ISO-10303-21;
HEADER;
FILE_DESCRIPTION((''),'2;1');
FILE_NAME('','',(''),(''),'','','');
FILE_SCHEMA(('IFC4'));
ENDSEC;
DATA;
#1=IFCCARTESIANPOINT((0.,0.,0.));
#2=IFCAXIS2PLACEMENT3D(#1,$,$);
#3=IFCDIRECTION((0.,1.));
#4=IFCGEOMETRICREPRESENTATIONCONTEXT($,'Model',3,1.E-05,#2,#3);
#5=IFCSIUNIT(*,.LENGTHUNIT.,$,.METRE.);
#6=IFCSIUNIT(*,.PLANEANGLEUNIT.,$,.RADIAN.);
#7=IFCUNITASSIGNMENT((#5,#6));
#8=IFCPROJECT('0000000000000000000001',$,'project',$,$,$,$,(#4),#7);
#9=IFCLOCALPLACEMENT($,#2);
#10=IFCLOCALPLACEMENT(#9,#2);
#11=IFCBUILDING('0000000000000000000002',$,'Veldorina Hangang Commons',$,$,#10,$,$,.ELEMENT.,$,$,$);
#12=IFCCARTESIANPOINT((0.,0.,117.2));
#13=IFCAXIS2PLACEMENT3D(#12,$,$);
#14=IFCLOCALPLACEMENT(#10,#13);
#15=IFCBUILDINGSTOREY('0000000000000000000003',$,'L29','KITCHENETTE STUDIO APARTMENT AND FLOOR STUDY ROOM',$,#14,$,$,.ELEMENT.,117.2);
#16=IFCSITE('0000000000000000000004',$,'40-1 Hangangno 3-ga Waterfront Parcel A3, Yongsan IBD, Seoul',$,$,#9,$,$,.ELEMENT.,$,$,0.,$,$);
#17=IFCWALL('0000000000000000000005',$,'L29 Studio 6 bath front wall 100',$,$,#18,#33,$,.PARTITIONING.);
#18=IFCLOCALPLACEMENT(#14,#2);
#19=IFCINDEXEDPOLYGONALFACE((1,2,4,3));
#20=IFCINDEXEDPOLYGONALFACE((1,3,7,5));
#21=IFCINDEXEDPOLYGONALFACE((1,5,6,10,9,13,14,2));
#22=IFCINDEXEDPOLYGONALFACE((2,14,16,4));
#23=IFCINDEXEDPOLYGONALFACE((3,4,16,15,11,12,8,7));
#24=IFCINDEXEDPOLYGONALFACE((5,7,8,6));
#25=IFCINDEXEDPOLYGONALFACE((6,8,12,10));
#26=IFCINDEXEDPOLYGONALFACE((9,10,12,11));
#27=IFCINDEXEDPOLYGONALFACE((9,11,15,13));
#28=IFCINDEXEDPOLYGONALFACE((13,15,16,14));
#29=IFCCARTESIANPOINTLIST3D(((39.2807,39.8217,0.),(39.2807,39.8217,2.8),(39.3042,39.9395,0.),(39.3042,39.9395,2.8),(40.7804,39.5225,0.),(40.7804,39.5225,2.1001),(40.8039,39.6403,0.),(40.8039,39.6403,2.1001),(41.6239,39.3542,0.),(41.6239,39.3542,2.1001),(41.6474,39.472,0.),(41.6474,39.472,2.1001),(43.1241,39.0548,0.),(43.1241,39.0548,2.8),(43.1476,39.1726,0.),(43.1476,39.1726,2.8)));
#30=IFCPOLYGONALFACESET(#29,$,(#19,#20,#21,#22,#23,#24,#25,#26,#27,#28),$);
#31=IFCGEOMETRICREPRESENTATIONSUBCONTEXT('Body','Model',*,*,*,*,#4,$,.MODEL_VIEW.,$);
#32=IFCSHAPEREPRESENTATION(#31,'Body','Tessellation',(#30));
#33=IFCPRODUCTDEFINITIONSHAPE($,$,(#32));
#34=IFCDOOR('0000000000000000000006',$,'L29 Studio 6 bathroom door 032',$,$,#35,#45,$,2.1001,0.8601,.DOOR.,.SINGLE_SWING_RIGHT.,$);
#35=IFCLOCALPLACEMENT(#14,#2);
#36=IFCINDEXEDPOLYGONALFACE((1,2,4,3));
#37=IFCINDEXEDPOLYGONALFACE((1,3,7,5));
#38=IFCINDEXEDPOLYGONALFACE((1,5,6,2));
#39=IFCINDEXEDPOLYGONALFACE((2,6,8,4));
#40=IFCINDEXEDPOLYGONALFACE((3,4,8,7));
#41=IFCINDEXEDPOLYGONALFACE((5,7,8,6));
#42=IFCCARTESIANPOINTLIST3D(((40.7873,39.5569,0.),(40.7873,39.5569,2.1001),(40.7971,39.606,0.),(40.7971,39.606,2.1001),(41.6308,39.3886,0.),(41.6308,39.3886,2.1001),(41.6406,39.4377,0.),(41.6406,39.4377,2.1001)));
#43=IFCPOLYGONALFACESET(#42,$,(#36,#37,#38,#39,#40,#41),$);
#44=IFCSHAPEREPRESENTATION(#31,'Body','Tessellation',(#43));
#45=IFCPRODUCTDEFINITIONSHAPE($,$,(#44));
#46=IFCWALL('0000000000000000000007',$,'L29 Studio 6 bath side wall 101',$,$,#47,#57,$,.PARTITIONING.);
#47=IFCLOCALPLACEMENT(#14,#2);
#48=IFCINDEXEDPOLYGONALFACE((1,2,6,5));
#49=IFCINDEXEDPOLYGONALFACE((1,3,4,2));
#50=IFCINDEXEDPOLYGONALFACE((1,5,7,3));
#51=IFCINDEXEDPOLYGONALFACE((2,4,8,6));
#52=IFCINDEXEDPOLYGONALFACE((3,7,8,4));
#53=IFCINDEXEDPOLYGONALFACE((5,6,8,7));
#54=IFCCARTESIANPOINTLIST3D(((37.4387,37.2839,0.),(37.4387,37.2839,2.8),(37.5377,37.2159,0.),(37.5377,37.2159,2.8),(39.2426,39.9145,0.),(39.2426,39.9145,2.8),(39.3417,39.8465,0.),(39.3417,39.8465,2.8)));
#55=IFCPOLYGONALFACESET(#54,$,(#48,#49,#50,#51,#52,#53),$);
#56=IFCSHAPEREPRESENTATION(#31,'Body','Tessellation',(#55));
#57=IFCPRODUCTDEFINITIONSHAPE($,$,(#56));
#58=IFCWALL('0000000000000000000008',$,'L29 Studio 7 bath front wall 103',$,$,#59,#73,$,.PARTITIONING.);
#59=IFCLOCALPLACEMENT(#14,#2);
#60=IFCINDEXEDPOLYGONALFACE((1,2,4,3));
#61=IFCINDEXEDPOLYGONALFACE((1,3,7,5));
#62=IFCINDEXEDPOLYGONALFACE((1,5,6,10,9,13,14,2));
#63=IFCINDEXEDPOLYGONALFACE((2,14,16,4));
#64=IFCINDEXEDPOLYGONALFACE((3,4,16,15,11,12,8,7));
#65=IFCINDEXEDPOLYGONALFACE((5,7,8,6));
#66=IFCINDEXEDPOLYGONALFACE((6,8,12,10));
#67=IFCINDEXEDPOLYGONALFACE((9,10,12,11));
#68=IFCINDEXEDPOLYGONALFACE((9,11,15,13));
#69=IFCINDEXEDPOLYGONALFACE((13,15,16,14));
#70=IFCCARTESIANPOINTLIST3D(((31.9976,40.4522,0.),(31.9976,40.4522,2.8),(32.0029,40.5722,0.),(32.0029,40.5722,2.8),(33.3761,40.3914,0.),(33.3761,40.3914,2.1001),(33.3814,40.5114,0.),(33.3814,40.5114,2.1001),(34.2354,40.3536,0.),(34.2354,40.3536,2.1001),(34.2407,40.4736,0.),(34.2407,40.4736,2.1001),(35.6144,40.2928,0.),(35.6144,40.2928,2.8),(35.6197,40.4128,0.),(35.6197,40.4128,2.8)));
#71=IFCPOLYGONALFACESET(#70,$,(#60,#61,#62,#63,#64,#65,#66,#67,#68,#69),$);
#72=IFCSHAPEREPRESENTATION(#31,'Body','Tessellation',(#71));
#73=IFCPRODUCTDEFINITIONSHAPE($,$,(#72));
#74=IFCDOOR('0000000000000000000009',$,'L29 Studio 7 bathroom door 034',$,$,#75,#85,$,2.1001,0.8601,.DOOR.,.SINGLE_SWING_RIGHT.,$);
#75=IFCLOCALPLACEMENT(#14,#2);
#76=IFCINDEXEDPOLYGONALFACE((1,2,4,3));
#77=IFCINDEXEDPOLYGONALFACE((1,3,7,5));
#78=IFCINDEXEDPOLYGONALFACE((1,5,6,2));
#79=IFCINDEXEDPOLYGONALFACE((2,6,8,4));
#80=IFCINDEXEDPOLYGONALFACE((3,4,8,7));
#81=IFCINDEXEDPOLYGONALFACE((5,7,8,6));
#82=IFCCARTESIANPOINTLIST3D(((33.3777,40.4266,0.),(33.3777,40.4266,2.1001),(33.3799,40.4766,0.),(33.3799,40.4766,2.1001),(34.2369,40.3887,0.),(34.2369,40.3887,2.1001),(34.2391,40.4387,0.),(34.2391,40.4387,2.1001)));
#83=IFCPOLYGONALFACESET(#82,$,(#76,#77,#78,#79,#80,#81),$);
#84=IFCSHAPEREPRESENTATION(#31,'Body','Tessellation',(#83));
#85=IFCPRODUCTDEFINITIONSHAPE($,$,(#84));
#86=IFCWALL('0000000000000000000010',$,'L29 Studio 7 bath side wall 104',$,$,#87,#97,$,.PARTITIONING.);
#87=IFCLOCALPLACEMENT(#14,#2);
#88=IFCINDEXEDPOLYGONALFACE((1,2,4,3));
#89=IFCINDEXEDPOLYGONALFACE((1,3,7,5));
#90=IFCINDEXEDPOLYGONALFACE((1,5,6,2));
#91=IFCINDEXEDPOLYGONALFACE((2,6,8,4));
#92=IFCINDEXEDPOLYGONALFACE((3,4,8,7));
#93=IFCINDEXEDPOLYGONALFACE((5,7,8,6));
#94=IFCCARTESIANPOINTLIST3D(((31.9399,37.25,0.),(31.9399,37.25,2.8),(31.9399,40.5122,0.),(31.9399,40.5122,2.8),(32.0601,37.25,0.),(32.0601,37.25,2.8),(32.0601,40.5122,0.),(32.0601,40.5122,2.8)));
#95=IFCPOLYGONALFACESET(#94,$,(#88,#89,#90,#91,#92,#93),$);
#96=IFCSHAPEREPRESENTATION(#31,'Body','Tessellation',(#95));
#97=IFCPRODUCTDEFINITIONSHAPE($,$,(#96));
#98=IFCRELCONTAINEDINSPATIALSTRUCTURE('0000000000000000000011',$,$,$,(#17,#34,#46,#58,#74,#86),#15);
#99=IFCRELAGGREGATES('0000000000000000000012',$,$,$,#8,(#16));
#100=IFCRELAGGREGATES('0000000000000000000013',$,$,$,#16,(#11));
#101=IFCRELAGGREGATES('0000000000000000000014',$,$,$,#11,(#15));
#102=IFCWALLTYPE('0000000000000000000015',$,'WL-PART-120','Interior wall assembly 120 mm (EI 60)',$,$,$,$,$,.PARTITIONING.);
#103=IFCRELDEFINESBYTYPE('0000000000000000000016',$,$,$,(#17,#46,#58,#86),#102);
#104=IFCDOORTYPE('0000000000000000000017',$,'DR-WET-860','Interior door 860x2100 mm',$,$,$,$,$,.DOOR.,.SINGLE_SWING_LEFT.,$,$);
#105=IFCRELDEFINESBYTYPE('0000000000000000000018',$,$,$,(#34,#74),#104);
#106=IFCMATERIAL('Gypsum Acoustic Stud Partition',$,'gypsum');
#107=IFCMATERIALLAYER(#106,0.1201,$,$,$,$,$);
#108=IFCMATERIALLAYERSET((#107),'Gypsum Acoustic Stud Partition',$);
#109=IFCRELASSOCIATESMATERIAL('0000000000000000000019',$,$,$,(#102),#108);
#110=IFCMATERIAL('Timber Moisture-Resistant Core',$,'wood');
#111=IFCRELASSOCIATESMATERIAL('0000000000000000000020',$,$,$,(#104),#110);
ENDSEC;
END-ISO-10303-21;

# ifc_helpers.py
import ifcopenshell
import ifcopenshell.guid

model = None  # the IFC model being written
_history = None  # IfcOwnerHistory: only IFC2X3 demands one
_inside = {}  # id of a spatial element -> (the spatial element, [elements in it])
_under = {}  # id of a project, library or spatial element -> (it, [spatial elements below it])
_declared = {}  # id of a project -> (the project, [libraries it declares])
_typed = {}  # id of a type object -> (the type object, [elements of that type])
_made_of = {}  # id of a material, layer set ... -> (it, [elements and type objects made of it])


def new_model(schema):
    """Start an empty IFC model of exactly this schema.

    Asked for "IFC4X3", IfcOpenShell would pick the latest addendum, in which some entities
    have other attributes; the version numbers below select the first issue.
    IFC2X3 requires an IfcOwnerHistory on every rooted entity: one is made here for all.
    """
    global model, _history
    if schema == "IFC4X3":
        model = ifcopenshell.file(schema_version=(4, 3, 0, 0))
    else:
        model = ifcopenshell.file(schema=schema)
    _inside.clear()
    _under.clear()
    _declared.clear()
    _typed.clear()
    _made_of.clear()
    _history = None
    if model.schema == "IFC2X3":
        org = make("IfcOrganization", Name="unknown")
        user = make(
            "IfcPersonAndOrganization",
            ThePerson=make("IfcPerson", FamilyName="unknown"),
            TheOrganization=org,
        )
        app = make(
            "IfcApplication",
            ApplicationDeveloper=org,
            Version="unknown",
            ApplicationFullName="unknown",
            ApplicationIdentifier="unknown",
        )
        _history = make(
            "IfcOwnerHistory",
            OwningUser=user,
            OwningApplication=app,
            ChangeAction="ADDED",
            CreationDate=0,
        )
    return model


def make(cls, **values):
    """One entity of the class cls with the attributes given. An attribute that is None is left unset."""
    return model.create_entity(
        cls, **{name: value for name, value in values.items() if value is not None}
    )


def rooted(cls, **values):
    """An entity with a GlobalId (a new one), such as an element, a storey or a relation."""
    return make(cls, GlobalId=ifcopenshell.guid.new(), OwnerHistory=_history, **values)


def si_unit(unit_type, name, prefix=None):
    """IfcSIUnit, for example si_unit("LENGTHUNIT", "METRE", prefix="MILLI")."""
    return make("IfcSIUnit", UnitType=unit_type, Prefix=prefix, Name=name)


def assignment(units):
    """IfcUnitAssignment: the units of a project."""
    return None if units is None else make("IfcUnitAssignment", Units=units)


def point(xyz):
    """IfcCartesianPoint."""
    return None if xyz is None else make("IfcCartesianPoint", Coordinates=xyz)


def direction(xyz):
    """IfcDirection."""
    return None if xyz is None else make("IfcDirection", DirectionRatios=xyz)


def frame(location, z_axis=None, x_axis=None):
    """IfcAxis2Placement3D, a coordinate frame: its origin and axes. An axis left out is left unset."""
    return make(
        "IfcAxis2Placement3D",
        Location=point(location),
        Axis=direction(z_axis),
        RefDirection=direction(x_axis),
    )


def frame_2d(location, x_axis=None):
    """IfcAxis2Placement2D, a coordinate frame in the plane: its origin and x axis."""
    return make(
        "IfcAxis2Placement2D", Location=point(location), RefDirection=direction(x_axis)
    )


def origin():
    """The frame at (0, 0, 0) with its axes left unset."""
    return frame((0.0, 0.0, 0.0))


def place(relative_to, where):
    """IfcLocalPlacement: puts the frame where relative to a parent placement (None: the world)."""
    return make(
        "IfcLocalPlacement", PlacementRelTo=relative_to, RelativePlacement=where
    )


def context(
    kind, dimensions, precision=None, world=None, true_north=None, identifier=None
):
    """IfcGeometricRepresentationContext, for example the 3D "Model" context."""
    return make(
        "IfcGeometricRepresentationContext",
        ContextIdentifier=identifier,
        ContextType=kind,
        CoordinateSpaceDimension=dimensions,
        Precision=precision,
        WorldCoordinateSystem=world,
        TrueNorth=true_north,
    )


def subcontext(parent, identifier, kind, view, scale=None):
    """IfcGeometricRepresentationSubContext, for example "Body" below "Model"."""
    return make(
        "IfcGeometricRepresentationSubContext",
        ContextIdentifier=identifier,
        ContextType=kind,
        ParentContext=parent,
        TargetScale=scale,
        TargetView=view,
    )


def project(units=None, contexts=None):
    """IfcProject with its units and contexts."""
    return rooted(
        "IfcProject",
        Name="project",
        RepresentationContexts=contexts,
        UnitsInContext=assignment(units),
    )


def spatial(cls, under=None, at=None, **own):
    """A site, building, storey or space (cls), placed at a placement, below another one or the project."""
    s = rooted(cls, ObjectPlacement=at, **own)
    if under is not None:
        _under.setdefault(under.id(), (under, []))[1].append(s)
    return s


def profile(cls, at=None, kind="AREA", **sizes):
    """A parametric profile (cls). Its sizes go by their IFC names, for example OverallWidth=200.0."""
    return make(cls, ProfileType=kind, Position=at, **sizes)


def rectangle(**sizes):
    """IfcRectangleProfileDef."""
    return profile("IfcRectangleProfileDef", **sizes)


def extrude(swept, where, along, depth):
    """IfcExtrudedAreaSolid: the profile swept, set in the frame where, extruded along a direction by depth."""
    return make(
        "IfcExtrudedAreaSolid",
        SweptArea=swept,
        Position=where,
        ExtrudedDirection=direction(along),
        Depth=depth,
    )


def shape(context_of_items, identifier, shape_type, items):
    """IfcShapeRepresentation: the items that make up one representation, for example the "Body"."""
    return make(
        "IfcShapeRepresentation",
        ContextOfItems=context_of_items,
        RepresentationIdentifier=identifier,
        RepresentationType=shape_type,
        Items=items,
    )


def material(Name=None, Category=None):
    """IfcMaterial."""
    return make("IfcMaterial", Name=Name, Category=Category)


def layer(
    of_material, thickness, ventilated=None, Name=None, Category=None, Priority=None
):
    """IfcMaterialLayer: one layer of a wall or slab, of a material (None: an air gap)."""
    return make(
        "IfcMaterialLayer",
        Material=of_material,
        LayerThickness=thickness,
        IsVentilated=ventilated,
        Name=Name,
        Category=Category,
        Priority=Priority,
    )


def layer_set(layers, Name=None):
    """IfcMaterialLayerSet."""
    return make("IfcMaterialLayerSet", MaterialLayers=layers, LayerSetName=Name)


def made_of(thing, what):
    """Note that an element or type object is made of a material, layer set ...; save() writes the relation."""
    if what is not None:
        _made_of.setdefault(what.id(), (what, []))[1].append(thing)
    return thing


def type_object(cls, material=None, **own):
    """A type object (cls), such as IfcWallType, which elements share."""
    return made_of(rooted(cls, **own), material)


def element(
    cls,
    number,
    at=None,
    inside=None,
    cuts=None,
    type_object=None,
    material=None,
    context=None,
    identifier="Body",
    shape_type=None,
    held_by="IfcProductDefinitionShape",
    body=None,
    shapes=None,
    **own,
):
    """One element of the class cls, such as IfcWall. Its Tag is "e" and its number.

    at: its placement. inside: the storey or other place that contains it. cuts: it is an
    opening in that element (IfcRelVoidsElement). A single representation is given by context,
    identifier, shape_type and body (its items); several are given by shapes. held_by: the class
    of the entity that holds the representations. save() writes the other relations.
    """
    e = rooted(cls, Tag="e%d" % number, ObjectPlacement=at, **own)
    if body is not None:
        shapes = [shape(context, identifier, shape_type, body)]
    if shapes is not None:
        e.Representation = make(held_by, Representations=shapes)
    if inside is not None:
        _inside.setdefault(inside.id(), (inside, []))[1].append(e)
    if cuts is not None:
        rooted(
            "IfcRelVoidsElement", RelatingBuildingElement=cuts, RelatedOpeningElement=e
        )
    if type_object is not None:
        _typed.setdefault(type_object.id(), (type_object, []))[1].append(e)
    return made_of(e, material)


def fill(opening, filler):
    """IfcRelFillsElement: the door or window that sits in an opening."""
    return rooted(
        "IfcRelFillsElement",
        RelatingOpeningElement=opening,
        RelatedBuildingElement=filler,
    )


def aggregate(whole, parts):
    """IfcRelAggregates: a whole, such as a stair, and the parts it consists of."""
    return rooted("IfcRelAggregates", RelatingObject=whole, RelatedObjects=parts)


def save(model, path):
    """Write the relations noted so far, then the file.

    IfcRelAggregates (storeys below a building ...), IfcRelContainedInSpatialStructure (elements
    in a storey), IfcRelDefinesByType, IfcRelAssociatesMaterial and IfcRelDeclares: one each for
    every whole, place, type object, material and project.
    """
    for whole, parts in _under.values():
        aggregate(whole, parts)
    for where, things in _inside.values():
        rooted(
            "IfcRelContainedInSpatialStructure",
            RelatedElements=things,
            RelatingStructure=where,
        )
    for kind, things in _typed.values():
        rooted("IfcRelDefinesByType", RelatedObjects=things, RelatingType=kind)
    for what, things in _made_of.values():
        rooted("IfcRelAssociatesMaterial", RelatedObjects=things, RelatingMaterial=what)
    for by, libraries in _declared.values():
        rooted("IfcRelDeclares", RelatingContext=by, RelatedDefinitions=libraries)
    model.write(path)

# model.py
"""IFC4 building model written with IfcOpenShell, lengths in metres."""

from ifc_helpers import new_model, si_unit, direction, frame, frame_2d, origin, place, context, subcontext, project, spatial, rectangle, extrude, material, layer, layer_set, type_object, element, fill, save


model = new_model("IFC4")

# Units and contexts
model_context = context("Model", 3, precision=1e-05, world=origin(), true_north=direction((0.0, 1.0)))
body_context = subcontext(model_context, "Body", "Model", "MODEL_VIEW")
ifc_project = project(units=[si_unit("LENGTHUNIT", "METRE"), si_unit("PLANEANGLEUNIT", "RADIAN")], contexts=[model_context])

# Site, building, storey
site_placement = place(None, origin())
site = spatial("IfcSite", under=ifc_project, at=site_placement, Name="40-1 Hangangno 3-ga Waterfront Parcel A3, Yongsan IBD, Seoul", CompositionType="ELEMENT", RefElevation=0.0)
building_placement = place(site_placement, origin())
building = spatial("IfcBuilding", under=site, at=building_placement, Name="Veldorina Hangang Commons", CompositionType="ELEMENT")
storey_placement = place(building_placement, frame((0.0, 0.0, 117.2)))
storey = spatial("IfcBuildingStorey", under=building, at=storey_placement, Name="L29", Description="KITCHENETTE STUDIO APARTMENT AND FLOOR STUDY ROOM", CompositionType="ELEMENT", Elevation=117.2)

# Wall, opening, door
ifc_material_1 = material(Name="Gypsum Acoustic Stud Partition", Category="gypsum")
ifc_layer_1 = layer(ifc_material_1, 0.1201)
ifc_layer_set_1 = layer_set([ifc_layer_1], Name="Gypsum Acoustic Stud Partition")
wall_type_1 = type_object("IfcWallType", Name="WL-PART-120", Description="Interior wall assembly 120 mm (EI 60)", PredefinedType="PARTITIONING", material=ifc_layer_set_1)
wall_1_placement = place(storey_placement, frame((43.1357, 39.1138, 0.0), z_axis=(0.0, 0.0, 1.0), x_axis=(-0.980672, 0.195661, 0.0)))
wall_1 = element("IfcWall", 1, at=wall_1_placement, inside=storey, type_object=wall_type_1, Name="L29 Studio 6 bath front wall 100", PredefinedType="PARTITIONING", context=body_context, shape_type="SweptSolid", body=[
    extrude(rectangle(XDim=3.9192, YDim=0.1201, at=frame_2d((1.9595, 0.0))), origin(), (0.0, 0.0, 1.0), 2.8),
])
opening_1_placement = place(wall_1_placement, frame((1.5295, 0.0, 0.0)))
opening_1 = element("IfcOpeningElement", 2, at=opening_1_placement, cuts=wall_1, PredefinedType="OPENING", context=body_context, shape_type="SweptSolid", body=[
    extrude(rectangle(XDim=0.8601, YDim=2.1001, at=frame_2d((0.4302, 1.05))), frame((0.0, 0.0701, 0.0), z_axis=(0.0, -1.0, 0.0), x_axis=(1.0, 0.0, 0.0)), (0.0, 0.0, 1.0), 0.1401),
])
ifc_material_2 = material(Name="Timber Moisture-Resistant Core", Category="wood")
door_type_1 = type_object("IfcDoorType", Name="DR-WET-860", Description="Interior door 860x2100 mm", OperationType="SINGLE_SWING_LEFT", PredefinedType="DOOR", material=ifc_material_2)
door_1_placement = place(opening_1_placement, origin())
door_1 = element("IfcDoor", 3, at=door_1_placement, inside=storey, type_object=door_type_1, Name="L29 Studio 6 bathroom door 032", OperationType="SINGLE_SWING_RIGHT", OverallHeight=2.1001, OverallWidth=0.8601, PredefinedType="DOOR", context=body_context, shape_type="SweptSolid", body=[
    extrude(rectangle(XDim=0.8601, YDim=2.1001, at=frame_2d((0.4302, 1.05))), frame((0.0, 0.0249, 0.0), z_axis=(0.0, -1.0, 0.0), x_axis=(1.0, 0.0, 0.0)), (0.0, 0.0, 1.0), 0.05),
])
fill(opening_1, door_1)

# Wall
wall_2_placement = place(storey_placement, frame((37.4883, 37.25, 0.0), z_axis=(0.0, 0.0, 1.0), x_axis=(0.565551, 0.824714, 0.0)))
element("IfcWall", 4, at=wall_2_placement, inside=storey, type_object=wall_type_1, Name="L29 Studio 6 bath side wall 101", PredefinedType="PARTITIONING", context=body_context, shape_type="SweptSolid", body=[
    extrude(rectangle(XDim=3.1897, YDim=0.1201, at=frame_2d((1.5947, 0.0))), origin(), (0.0, 0.0, 1.0), 2.8),
])

# Wall, opening, door
wall_3_placement = place(storey_placement, frame((35.6169, 40.3528, 0.0), z_axis=(0.0, 0.0, 1.0), x_axis=(-0.99903, 0.044034, 0.0)))
wall_3 = element("IfcWall", 5, at=wall_3_placement, inside=storey, type_object=wall_type_1, Name="L29 Studio 7 bath front wall 103", PredefinedType="PARTITIONING", context=body_context, shape_type="SweptSolid", body=[
    extrude(rectangle(XDim=3.6204, YDim=0.1201, at=frame_2d((1.8101, 0.0))), origin(), (0.0, 0.0, 1.0), 2.8),
])
opening_2_placement = place(wall_3_placement, frame((1.3801, 0.0, 0.0)))
opening_2 = element("IfcOpeningElement", 6, at=opening_2_placement, cuts=wall_3, PredefinedType="OPENING", context=body_context, shape_type="SweptSolid", body=[
    extrude(rectangle(XDim=0.8601, YDim=2.1001, at=frame_2d((0.4302, 1.05))), frame((0.0, 0.0701, 0.0), z_axis=(0.0, -1.0, 0.0), x_axis=(1.0, 0.0, 0.0)), (0.0, 0.0, 1.0), 0.1401),
])
door_2_placement = place(opening_2_placement, origin())
door_2 = element("IfcDoor", 7, at=door_2_placement, inside=storey, type_object=door_type_1, Name="L29 Studio 7 bathroom door 034", OperationType="SINGLE_SWING_RIGHT", OverallHeight=2.1001, OverallWidth=0.8601, PredefinedType="DOOR", context=body_context, shape_type="SweptSolid", body=[
    extrude(rectangle(XDim=0.8601, YDim=2.1001, at=frame_2d((0.4302, 1.05))), frame((0.0, 0.0249, 0.0), z_axis=(0.0, -1.0, 0.0), x_axis=(1.0, 0.0, 0.0)), (0.0, 0.0, 1.0), 0.05),
])
fill(opening_2, door_2)

# Wall
wall_4_placement = place(storey_placement, frame((32.0, 37.25, 0.0), z_axis=(0.0, 0.0, 1.0), x_axis=(0.0, 1.0, 0.0)))
element("IfcWall", 8, at=wall_4_placement, inside=storey, type_object=wall_type_1, Name="L29 Studio 7 bath side wall 104", PredefinedType="PARTITIONING", context=body_context, shape_type="SweptSolid", body=[
    extrude(rectangle(XDim=3.2622, YDim=0.1201, at=frame_2d((1.6311, 0.0))), origin(), (0.0, 0.0, 1.0), 2.8),
])

save(model, "model.ifc")
